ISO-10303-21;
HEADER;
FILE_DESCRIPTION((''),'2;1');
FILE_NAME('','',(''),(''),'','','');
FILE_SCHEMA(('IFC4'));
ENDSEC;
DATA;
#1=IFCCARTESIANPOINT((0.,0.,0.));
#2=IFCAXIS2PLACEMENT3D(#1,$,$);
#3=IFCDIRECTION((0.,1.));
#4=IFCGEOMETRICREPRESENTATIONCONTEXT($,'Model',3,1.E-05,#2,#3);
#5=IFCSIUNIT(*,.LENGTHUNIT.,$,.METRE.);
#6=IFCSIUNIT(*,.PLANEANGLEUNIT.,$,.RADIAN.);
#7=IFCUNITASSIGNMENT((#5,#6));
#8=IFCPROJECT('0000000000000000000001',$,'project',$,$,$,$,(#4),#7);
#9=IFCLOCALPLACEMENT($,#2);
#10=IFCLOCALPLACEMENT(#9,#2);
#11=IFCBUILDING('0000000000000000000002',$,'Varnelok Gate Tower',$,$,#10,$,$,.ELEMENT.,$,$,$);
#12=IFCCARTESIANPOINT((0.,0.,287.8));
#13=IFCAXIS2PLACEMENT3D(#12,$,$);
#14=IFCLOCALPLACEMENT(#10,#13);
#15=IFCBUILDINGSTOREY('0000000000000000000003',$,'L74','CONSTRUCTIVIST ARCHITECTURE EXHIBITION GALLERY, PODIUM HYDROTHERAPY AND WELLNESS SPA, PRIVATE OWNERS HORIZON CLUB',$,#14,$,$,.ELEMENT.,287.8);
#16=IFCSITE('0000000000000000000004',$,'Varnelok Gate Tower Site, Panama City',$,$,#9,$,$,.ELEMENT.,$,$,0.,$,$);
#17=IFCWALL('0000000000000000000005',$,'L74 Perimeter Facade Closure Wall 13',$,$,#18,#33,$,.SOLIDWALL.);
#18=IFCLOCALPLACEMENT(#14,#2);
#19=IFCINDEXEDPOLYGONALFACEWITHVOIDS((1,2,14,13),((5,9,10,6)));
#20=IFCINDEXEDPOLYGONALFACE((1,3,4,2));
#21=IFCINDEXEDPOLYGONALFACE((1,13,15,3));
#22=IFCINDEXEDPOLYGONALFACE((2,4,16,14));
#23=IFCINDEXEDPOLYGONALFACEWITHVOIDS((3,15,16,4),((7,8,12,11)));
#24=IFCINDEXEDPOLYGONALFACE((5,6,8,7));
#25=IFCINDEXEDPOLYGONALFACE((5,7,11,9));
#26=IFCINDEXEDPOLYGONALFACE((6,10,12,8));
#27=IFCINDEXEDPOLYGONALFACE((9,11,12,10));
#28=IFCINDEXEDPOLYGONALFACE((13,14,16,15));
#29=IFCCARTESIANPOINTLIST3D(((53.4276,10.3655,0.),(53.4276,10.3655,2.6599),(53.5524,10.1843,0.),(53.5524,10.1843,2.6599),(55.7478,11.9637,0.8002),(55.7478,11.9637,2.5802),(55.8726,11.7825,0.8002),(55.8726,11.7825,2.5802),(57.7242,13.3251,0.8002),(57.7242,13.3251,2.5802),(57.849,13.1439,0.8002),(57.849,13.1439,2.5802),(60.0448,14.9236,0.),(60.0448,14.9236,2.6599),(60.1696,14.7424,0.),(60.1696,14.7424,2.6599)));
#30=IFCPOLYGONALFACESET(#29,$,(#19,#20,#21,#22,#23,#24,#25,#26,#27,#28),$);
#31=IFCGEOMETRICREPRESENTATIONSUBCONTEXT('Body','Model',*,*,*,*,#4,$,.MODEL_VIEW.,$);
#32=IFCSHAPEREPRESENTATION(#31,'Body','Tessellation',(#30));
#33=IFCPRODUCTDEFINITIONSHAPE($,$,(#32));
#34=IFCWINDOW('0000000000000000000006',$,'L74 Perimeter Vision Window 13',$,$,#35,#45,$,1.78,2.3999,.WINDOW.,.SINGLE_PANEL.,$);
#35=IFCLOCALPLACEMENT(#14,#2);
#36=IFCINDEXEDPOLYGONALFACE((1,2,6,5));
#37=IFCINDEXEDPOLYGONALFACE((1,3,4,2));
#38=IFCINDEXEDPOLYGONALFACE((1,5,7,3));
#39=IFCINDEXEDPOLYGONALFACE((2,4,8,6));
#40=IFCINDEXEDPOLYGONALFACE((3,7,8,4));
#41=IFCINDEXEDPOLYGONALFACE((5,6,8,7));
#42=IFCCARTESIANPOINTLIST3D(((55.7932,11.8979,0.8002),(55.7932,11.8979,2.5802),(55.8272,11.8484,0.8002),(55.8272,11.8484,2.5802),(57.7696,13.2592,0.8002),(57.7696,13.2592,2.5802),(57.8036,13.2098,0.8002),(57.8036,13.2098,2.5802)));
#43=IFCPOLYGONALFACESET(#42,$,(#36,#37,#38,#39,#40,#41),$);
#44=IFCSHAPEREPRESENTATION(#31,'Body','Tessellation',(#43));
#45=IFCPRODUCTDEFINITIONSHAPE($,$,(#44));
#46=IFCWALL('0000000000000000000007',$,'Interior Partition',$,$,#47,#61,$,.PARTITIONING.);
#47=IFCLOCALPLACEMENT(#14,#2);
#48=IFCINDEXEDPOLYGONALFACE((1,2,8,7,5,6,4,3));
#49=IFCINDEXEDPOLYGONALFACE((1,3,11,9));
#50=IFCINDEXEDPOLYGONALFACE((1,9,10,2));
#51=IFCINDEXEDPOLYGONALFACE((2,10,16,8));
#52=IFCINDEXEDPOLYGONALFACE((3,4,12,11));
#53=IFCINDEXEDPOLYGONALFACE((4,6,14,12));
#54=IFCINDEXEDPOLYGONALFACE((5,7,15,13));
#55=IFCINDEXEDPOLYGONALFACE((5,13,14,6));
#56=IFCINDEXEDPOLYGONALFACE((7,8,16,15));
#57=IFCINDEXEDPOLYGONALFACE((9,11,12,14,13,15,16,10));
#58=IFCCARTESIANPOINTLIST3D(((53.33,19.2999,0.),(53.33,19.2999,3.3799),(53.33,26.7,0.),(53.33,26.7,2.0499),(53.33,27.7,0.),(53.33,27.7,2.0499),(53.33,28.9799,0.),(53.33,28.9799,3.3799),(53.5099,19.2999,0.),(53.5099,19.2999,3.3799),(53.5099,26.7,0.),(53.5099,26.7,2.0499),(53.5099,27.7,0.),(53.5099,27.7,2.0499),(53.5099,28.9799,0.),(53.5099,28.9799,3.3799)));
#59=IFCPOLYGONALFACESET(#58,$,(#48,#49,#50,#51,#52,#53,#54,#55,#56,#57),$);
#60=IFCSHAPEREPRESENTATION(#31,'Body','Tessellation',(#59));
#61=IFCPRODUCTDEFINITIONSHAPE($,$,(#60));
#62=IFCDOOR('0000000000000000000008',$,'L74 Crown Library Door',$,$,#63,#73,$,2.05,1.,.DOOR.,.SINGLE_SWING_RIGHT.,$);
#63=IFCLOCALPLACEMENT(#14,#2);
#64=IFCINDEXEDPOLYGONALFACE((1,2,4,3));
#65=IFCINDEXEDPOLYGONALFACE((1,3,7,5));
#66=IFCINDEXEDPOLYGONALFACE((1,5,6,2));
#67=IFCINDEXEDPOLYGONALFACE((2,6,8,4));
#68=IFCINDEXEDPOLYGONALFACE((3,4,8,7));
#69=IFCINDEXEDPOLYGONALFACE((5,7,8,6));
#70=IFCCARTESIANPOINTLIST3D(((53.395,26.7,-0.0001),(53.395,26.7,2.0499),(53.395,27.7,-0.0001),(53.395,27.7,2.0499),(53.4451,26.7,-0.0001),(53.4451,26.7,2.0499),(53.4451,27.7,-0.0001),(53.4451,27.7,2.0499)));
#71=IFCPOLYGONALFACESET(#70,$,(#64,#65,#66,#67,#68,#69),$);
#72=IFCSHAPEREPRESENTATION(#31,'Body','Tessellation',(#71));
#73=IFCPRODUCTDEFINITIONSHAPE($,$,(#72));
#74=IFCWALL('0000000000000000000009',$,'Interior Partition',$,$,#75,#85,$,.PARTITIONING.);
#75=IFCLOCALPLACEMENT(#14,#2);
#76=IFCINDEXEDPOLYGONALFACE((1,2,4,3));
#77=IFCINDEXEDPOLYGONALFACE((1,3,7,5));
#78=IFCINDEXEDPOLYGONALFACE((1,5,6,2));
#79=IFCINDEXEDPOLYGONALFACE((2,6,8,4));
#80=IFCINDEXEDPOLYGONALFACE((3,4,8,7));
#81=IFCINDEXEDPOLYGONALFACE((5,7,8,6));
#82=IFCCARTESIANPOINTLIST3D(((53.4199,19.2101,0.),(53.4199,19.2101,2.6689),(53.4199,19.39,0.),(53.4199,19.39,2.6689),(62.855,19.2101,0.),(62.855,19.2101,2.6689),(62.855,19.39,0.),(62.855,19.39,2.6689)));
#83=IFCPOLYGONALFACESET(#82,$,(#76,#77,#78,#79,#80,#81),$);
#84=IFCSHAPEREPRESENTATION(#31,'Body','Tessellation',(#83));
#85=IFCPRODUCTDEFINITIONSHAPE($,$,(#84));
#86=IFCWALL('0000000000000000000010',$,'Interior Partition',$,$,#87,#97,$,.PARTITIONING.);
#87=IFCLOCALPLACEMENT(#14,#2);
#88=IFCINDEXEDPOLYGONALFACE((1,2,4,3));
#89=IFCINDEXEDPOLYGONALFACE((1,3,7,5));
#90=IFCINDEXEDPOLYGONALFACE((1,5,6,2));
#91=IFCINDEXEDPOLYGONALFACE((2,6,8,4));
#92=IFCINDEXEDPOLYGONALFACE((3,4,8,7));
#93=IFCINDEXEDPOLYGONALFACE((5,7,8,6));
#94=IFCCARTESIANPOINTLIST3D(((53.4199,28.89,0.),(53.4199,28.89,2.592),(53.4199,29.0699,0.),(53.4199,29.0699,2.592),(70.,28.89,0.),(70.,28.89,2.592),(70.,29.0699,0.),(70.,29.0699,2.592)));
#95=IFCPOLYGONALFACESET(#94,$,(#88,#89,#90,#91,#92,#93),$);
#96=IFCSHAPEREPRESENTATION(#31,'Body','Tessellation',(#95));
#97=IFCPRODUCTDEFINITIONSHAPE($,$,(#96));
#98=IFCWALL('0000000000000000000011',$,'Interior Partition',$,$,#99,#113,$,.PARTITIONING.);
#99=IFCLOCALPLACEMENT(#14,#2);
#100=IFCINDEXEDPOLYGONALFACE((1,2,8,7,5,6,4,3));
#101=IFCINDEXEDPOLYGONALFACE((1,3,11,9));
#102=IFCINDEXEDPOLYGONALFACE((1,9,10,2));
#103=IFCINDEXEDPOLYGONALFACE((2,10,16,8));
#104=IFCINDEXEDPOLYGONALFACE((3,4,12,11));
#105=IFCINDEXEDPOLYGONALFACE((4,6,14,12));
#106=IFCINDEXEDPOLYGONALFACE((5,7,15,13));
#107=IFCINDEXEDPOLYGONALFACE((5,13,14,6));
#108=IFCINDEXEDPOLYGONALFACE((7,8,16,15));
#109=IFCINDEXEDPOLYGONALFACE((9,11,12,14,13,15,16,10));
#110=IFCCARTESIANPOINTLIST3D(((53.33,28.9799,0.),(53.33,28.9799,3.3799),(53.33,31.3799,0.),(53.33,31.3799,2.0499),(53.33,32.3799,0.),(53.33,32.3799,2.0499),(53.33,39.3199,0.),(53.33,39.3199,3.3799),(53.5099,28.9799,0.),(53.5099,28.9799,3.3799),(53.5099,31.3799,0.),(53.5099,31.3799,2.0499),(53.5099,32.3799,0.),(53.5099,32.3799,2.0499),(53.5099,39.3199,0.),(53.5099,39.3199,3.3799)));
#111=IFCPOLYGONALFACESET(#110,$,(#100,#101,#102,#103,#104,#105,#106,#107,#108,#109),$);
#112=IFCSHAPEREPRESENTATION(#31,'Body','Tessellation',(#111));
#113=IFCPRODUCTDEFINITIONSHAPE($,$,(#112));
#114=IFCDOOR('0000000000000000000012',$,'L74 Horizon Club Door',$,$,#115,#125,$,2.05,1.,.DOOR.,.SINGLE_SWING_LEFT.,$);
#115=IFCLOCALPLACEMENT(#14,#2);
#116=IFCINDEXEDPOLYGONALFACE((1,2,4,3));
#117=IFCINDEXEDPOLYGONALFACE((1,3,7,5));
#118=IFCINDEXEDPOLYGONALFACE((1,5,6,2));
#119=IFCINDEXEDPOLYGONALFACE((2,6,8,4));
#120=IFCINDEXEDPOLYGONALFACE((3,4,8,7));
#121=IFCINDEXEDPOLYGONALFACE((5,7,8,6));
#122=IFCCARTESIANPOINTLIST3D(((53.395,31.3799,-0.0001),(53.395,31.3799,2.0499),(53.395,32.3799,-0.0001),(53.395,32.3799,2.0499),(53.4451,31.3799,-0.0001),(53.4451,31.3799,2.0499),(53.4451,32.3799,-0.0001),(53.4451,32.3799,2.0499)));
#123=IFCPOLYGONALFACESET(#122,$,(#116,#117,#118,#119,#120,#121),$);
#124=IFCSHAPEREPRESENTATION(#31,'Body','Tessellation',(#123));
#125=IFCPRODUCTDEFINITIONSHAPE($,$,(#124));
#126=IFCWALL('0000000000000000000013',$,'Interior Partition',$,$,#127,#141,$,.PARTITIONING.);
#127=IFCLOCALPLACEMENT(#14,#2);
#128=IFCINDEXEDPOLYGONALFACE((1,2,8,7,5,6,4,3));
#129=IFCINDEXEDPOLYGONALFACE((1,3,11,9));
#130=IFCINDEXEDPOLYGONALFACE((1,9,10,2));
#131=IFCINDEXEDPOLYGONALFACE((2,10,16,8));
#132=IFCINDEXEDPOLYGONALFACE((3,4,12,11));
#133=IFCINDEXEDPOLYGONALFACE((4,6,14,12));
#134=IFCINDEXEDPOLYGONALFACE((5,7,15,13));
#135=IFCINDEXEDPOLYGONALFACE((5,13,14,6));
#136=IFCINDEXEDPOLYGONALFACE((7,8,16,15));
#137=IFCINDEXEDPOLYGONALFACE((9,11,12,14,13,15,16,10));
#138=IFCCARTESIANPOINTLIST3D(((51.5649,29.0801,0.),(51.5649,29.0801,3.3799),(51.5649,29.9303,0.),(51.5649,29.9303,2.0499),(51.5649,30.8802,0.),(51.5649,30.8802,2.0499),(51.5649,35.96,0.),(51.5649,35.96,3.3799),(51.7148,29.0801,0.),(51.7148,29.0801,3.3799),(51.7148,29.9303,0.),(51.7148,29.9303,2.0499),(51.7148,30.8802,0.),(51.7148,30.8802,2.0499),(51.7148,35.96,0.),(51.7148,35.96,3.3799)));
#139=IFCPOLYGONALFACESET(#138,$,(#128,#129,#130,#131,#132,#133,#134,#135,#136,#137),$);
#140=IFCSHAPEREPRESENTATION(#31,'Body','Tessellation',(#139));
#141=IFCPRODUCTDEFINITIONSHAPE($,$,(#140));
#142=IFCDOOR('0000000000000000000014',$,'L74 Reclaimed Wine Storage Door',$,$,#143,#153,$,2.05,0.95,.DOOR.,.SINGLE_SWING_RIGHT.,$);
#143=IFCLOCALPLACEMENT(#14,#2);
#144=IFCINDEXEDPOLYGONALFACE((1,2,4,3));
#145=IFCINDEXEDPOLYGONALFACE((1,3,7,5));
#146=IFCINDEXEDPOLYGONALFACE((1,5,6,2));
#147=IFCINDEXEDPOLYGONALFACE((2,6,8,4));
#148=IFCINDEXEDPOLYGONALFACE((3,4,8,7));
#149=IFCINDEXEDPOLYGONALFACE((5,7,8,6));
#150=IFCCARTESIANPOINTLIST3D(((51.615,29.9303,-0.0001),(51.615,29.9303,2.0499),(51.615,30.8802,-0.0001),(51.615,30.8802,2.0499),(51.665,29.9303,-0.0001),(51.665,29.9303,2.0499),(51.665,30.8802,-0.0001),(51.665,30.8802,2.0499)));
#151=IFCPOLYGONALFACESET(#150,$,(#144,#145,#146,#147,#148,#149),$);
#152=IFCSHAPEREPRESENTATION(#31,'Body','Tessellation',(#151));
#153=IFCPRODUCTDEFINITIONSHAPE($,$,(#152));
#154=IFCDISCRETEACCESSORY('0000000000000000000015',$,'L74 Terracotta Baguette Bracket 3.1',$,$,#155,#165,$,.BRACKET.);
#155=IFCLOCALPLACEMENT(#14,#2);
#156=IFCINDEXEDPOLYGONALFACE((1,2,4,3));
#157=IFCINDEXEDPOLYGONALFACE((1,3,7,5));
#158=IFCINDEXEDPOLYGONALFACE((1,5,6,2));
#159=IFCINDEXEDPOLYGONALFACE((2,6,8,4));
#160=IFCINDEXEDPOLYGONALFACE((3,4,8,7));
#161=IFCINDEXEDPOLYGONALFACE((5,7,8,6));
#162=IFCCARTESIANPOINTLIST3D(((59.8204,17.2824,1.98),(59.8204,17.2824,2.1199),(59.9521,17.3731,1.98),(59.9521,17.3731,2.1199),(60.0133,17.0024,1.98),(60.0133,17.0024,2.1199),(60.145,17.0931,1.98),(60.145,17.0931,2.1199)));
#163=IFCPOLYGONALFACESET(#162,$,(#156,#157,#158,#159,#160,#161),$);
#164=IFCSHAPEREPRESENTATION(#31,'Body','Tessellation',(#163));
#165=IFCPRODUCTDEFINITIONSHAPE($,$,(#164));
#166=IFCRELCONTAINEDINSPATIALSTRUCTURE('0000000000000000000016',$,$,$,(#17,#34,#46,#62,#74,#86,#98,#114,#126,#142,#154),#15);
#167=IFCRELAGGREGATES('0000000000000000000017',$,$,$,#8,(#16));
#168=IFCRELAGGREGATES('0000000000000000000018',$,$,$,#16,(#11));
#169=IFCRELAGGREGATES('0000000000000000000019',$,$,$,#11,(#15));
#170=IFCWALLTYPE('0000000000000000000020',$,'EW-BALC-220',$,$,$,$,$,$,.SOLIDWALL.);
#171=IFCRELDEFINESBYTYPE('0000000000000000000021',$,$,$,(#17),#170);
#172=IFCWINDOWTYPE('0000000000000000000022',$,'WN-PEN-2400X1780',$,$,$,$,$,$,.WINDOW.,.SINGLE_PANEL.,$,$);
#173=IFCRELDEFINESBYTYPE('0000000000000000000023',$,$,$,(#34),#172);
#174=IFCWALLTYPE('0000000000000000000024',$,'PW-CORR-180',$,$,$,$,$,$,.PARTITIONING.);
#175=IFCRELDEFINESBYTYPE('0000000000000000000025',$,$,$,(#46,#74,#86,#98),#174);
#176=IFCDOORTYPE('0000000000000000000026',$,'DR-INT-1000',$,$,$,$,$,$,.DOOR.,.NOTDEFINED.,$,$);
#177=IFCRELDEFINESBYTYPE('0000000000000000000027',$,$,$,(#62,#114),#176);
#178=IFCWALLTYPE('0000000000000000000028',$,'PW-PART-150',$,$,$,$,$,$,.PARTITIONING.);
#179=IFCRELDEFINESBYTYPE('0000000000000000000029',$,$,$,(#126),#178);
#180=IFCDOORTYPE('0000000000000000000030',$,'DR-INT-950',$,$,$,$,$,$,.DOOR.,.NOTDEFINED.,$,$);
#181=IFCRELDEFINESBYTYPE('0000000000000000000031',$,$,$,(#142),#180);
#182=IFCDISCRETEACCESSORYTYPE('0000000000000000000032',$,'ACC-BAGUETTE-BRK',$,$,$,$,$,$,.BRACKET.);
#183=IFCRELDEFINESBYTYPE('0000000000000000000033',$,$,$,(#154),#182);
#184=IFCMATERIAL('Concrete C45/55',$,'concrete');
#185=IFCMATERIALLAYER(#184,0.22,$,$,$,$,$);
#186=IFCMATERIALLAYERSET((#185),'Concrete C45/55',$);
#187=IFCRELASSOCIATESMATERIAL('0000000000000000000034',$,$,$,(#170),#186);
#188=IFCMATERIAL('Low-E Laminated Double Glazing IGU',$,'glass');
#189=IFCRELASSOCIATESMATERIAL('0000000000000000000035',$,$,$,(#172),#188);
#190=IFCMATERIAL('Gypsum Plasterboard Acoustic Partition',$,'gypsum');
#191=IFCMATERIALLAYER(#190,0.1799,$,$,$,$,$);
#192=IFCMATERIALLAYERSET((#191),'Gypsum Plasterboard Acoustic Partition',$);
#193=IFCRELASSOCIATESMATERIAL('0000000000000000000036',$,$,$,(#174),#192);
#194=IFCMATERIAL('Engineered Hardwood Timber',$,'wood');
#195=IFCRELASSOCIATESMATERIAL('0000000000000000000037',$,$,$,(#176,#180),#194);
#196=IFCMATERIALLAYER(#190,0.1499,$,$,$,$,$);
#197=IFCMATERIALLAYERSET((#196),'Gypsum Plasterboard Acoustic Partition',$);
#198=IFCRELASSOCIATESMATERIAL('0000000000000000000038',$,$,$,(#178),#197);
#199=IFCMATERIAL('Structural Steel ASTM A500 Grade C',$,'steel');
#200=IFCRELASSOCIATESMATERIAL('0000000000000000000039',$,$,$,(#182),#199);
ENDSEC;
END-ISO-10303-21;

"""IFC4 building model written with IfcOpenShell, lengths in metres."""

from ifc_helpers import new_model, si_unit, direction, frame, frame_2d, origin, origin_2d, place, context, subcontext, project, spatial, rectangle, extrude, source, transform, mapped, material, layer, layer_set, type_object, element, fill, save


model = new_model("IFC4")

# Units and contexts
model_context = context("Model", 3, precision=1e-05, world=origin(), true_north=direction((0.0, 1.0)))
body_context = subcontext(model_context, "Body", "Model", "MODEL_VIEW")
ifc_project = project(units=[si_unit("LENGTHUNIT", "METRE"), si_unit("PLANEANGLEUNIT", "RADIAN")], contexts=[model_context])

# Site, building, storey
site_placement = place(None, origin())
site = spatial("IfcSite", under=ifc_project, at=site_placement, Name="Varnelok Gate Tower Site, Panama City", CompositionType="ELEMENT", RefElevation=0.0)
building_placement = place(site_placement, origin())
building = spatial("IfcBuilding", under=site, at=building_placement, Name="Varnelok Gate Tower", CompositionType="ELEMENT")
storey_placement = place(building_placement, frame((0.0, 0.0, 287.8)))
storey = spatial("IfcBuildingStorey", under=building, at=storey_placement, Name="L74", Description="CONSTRUCTIVIST ARCHITECTURE EXHIBITION GALLERY, PODIUM HYDROTHERAPY AND WELLNESS SPA, PRIVATE OWNERS HORIZON CLUB", CompositionType="ELEMENT", Elevation=287.8)

# Shared definitions
ifc_material_1 = material(Name="Concrete C45/55", Category="concrete")
ifc_layer_1 = layer(ifc_material_1, 0.22)
ifc_layer_set_1 = layer_set([ifc_layer_1], Name="Concrete C45/55")
wall_type_1 = type_object("IfcWallType", Name="EW-BALC-220", PredefinedType="SOLIDWALL", material=ifc_layer_set_1)

# Wall, opening, window
wall_1_placement = place(storey_placement, frame((53.49, 10.2749, 0.0), z_axis=(0.0, 0.0, 1.0), x_axis=(0.823531, 0.567271, 0.0)))
wall_1 = element("IfcWall", 1, at=wall_1_placement, inside=storey, type_object=wall_type_1, Name="L74 Perimeter Facade Closure Wall 13", PredefinedType="SOLIDWALL", context=body_context, shape_type="SweptSolid", body=[
    extrude(rectangle(XDim=8.0352, YDim=0.22, at=frame_2d((4.0176, 0.0))), origin(), (0.0, 0.0, 1.0), 2.6599),
])
opening_1_placement = place(wall_1_placement, frame((2.8174, 0.0, 0.8)))
opening_1 = element("IfcOpeningElement", 2, at=opening_1_placement, cuts=wall_1, PredefinedType="OPENING", context=body_context, shape_type="SweptSolid", body=[
    extrude(rectangle(XDim=2.3999, YDim=1.78, at=frame_2d((1.2, 0.8901))), frame((0.0, 0.1199, 0.0), z_axis=(0.0, -1.0, 0.0), x_axis=(1.0, 0.0, 0.0)), (0.0, 0.0, 1.0), 0.24),
])
ifc_material_2 = material(Name="Low-E Laminated Double Glazing IGU", Category="glass")
window_type = type_object("IfcWindowType", Name="WN-PEN-2400X1780", PartitioningType="SINGLE_PANEL", PredefinedType="WINDOW", material=ifc_material_2)
window_placement = place(opening_1_placement, origin())
window = element("IfcWindow", 3, at=window_placement, inside=storey, type_object=window_type, Name="L74 Perimeter Vision Window 13", OverallHeight=1.78, OverallWidth=2.3999, PartitioningType="SINGLE_PANEL", PredefinedType="WINDOW", context=body_context, shape_type="SweptSolid", body=[
    extrude(rectangle(XDim=2.3999, YDim=1.78, at=frame_2d((1.2, 0.8901))), frame((0.0, 0.03, 0.0), z_axis=(0.0, -1.0, 0.0), x_axis=(1.0, 0.0, 0.0)), (0.0, 0.0, 1.0), 0.0601),
])
fill(opening_1, window)

# Wall, opening, door
ifc_material_3 = material(Name="Gypsum Plasterboard Acoustic Partition", Category="gypsum")
ifc_layer_2 = layer(ifc_material_3, 0.1799)
ifc_layer_set_2 = layer_set([ifc_layer_2], Name="Gypsum Plasterboard Acoustic Partition")
wall_type_2 = type_object("IfcWallType", Name="PW-CORR-180", PredefinedType="PARTITIONING", material=ifc_layer_set_2)
wall_2_placement = place(storey_placement, frame((53.4199, 19.3, 0.0), z_axis=(0.0, 0.0, 1.0), x_axis=(0.0, 1.0, 0.0)))
wall_2 = element("IfcWall", 4, at=wall_2_placement, inside=storey, type_object=wall_type_2, Name="Interior Partition", PredefinedType="PARTITIONING", context=body_context, shape_type="SweptSolid", body=[
    extrude(rectangle(XDim=9.6799, YDim=0.1799, at=frame_2d((4.8398, 0.0))), origin(), (0.0, 0.0, 1.0), 3.3799),
])
opening_2_placement = place(wall_2_placement, frame((7.3999, 0.0, 0.0)))
opening_2 = element("IfcOpeningElement", 5, at=opening_2_placement, cuts=wall_2, PredefinedType="OPENING", context=body_context, shape_type="SweptSolid", body=[
    extrude(rectangle(XDim=1.0, YDim=2.05, at=frame_2d((0.5, 1.0249))), frame((0.0, 0.0999, 0.0), z_axis=(0.0, -1.0, 0.0), x_axis=(1.0, 0.0, 0.0)), (0.0, 0.0, 1.0), 0.2),
])
ifc_material_4 = material(Name="Engineered Hardwood Timber", Category="wood")
door_type_1 = type_object("IfcDoorType", Name="DR-INT-1000", OperationType="NOTDEFINED", PredefinedType="DOOR", material=ifc_material_4)
door_1_placement = place(opening_2_placement, origin())
door_1 = element("IfcDoor", 6, at=door_1_placement, inside=storey, type_object=door_type_1, Name="L74 Crown Library Door", OperationType="SINGLE_SWING_RIGHT", OverallHeight=2.05, OverallWidth=1.0, PredefinedType="DOOR", context=body_context, shape_type="SweptSolid", body=[
    extrude(rectangle(XDim=1.0, YDim=2.05, at=frame_2d((0.5, 1.0249))), frame((0.0, 0.0249, 0.0), z_axis=(0.0, -1.0, 0.0), x_axis=(1.0, 0.0, 0.0)), (0.0, 0.0, 1.0), 0.05),
])
fill(opening_2, door_1)

# Walls
wall_3_placement = place(storey_placement, frame((53.4199, 19.3, 0.0), z_axis=(0.0, 0.0, 1.0), x_axis=(1.0, 0.0, 0.0)))
element("IfcWall", 7, at=wall_3_placement, inside=storey, type_object=wall_type_2, Name="Interior Partition", PredefinedType="PARTITIONING", context=body_context, shape_type="SweptSolid", body=[
    extrude(rectangle(XDim=9.4351, YDim=0.1799, at=frame_2d((4.7175, 0.0))), origin(), (0.0, 0.0, 1.0), 2.6689),
])
wall_4_placement = place(storey_placement, frame((53.4199, 28.98, 0.0), z_axis=(0.0, 0.0, 1.0), x_axis=(1.0, 0.0, 0.0)))
element("IfcWall", 8, at=wall_4_placement, inside=storey, type_object=wall_type_2, Name="Interior Partition", PredefinedType="PARTITIONING", context=body_context, shape_type="SweptSolid", body=[
    extrude(rectangle(XDim=16.5801, YDim=0.1799, at=frame_2d((8.29, 0.0))), origin(), (0.0, 0.0, 1.0), 2.592),
])

# Walls, openings, doors
wall_5_placement = place(storey_placement, frame((53.4199, 28.98, 0.0), z_axis=(0.0, 0.0, 1.0), x_axis=(0.0, 1.0, 0.0)))
wall_5 = element("IfcWall", 9, at=wall_5_placement, inside=storey, type_object=wall_type_2, Name="Interior Partition", PredefinedType="PARTITIONING", context=body_context, shape_type="SweptSolid", body=[
    extrude(rectangle(XDim=10.3401, YDim=0.1799, at=frame_2d((5.1699, 0.0))), origin(), (0.0, 0.0, 1.0), 3.3799),
])
opening_3_placement = place(wall_5_placement, frame((2.3999, 0.0, 0.0)))
opening_3 = element("IfcOpeningElement", 10, at=opening_3_placement, cuts=wall_5, PredefinedType="OPENING", context=body_context, shape_type="SweptSolid", body=[
    extrude(rectangle(XDim=1.0, YDim=2.05, at=frame_2d((0.5, 1.0249))), frame((0.0, 0.0999, 0.0), z_axis=(0.0, -1.0, 0.0), x_axis=(1.0, 0.0, 0.0)), (0.0, 0.0, 1.0), 0.2),
])
door_2_placement = place(opening_3_placement, origin())
door_2 = element("IfcDoor", 11, at=door_2_placement, inside=storey, type_object=door_type_1, Name="L74 Horizon Club Door", OperationType="SINGLE_SWING_LEFT", OverallHeight=2.05, OverallWidth=1.0, PredefinedType="DOOR", context=body_context, shape_type="SweptSolid", body=[
    extrude(rectangle(XDim=1.0, YDim=2.05, at=frame_2d((0.5, 1.0249))), frame((0.0, 0.0249, 0.0), z_axis=(0.0, -1.0, 0.0), x_axis=(1.0, 0.0, 0.0)), (0.0, 0.0, 1.0), 0.05),
])
fill(opening_3, door_2)
ifc_layer_3 = layer(ifc_material_3, 0.1499)
ifc_layer_set_3 = layer_set([ifc_layer_3], Name="Gypsum Plasterboard Acoustic Partition")
wall_type_3 = type_object("IfcWallType", Name="PW-PART-150", PredefinedType="PARTITIONING", material=ifc_layer_set_3)
wall_6_placement = place(storey_placement, frame((51.6399, 29.0801, 0.0), z_axis=(0.0, 0.0, 1.0), x_axis=(0.0, 1.0, 0.0)))
wall_6 = element("IfcWall", 12, at=wall_6_placement, inside=storey, type_object=wall_type_3, Name="Interior Partition", PredefinedType="PARTITIONING", context=body_context, shape_type="SweptSolid", body=[
    extrude(rectangle(XDim=6.8799, YDim=0.1499, at=frame_2d((3.4399, 0.0))), origin(), (0.0, 0.0, 1.0), 3.3799),
])
opening_4_placement = place(wall_6_placement, frame((0.8501, 0.0, 0.0)))
opening_4 = element("IfcOpeningElement", 13, at=opening_4_placement, cuts=wall_6, PredefinedType="OPENING", context=body_context, shape_type="SweptSolid", body=[
    extrude(rectangle(XDim=0.95, YDim=2.05, at=frame_2d((0.4751, 1.0249))), frame((0.0, 0.085, 0.0), z_axis=(0.0, -1.0, 0.0), x_axis=(1.0, 0.0, 0.0)), (0.0, 0.0, 1.0), 0.1699),
])
door_type_2 = type_object("IfcDoorType", Name="DR-INT-950", OperationType="NOTDEFINED", PredefinedType="DOOR", material=ifc_material_4)
door_3_placement = place(opening_4_placement, origin())
door_3 = element("IfcDoor", 14, at=door_3_placement, inside=storey, type_object=door_type_2, Name="L74 Reclaimed Wine Storage Door", OperationType="SINGLE_SWING_RIGHT", OverallHeight=2.05, OverallWidth=0.95, PredefinedType="DOOR", context=body_context, shape_type="SweptSolid", body=[
    extrude(rectangle(XDim=0.95, YDim=2.05, at=frame_2d((0.4751, 1.0249))), frame((0.0, 0.0249, 0.0), z_axis=(0.0, -1.0, 0.0), x_axis=(1.0, 0.0, 0.0)), (0.0, 0.0, 1.0), 0.05),
])
fill(opening_4, door_3)

# Discrete accessory
ifc_material_5 = material(Name="Structural Steel ASTM A500 Grade C", Category="steel")
discrete_accessory_type = type_object("IfcDiscreteAccessoryType", Name="ACC-BAGUETTE-BRK", PredefinedType="BRACKET", material=ifc_material_5)
shared_shape = source(origin(), body_context, "Body", "SweptSolid", [
    extrude(rectangle(XDim=0.1599, YDim=0.3401, at=origin_2d()), origin(), (0.0, 0.0, 1.0), 0.1399),
])
discrete_accessory_placement = place(storey_placement, frame((59.9827, 17.1877, 1.98), z_axis=(0.0, 0.0, 1.0), x_axis=(0.823533, 0.567269, 0.0)))
element("IfcDiscreteAccessory", 15, at=discrete_accessory_placement, inside=storey, type_object=discrete_accessory_type, Name="L74 Terracotta Baguette Bracket 3.1", PredefinedType="BRACKET", context=body_context, shape_type="MappedRepresentation", body=[
    mapped(shared_shape, transform((0.0, 0.0, 0.0), scale=1.0)),
])

save(model, "model.ifc")
